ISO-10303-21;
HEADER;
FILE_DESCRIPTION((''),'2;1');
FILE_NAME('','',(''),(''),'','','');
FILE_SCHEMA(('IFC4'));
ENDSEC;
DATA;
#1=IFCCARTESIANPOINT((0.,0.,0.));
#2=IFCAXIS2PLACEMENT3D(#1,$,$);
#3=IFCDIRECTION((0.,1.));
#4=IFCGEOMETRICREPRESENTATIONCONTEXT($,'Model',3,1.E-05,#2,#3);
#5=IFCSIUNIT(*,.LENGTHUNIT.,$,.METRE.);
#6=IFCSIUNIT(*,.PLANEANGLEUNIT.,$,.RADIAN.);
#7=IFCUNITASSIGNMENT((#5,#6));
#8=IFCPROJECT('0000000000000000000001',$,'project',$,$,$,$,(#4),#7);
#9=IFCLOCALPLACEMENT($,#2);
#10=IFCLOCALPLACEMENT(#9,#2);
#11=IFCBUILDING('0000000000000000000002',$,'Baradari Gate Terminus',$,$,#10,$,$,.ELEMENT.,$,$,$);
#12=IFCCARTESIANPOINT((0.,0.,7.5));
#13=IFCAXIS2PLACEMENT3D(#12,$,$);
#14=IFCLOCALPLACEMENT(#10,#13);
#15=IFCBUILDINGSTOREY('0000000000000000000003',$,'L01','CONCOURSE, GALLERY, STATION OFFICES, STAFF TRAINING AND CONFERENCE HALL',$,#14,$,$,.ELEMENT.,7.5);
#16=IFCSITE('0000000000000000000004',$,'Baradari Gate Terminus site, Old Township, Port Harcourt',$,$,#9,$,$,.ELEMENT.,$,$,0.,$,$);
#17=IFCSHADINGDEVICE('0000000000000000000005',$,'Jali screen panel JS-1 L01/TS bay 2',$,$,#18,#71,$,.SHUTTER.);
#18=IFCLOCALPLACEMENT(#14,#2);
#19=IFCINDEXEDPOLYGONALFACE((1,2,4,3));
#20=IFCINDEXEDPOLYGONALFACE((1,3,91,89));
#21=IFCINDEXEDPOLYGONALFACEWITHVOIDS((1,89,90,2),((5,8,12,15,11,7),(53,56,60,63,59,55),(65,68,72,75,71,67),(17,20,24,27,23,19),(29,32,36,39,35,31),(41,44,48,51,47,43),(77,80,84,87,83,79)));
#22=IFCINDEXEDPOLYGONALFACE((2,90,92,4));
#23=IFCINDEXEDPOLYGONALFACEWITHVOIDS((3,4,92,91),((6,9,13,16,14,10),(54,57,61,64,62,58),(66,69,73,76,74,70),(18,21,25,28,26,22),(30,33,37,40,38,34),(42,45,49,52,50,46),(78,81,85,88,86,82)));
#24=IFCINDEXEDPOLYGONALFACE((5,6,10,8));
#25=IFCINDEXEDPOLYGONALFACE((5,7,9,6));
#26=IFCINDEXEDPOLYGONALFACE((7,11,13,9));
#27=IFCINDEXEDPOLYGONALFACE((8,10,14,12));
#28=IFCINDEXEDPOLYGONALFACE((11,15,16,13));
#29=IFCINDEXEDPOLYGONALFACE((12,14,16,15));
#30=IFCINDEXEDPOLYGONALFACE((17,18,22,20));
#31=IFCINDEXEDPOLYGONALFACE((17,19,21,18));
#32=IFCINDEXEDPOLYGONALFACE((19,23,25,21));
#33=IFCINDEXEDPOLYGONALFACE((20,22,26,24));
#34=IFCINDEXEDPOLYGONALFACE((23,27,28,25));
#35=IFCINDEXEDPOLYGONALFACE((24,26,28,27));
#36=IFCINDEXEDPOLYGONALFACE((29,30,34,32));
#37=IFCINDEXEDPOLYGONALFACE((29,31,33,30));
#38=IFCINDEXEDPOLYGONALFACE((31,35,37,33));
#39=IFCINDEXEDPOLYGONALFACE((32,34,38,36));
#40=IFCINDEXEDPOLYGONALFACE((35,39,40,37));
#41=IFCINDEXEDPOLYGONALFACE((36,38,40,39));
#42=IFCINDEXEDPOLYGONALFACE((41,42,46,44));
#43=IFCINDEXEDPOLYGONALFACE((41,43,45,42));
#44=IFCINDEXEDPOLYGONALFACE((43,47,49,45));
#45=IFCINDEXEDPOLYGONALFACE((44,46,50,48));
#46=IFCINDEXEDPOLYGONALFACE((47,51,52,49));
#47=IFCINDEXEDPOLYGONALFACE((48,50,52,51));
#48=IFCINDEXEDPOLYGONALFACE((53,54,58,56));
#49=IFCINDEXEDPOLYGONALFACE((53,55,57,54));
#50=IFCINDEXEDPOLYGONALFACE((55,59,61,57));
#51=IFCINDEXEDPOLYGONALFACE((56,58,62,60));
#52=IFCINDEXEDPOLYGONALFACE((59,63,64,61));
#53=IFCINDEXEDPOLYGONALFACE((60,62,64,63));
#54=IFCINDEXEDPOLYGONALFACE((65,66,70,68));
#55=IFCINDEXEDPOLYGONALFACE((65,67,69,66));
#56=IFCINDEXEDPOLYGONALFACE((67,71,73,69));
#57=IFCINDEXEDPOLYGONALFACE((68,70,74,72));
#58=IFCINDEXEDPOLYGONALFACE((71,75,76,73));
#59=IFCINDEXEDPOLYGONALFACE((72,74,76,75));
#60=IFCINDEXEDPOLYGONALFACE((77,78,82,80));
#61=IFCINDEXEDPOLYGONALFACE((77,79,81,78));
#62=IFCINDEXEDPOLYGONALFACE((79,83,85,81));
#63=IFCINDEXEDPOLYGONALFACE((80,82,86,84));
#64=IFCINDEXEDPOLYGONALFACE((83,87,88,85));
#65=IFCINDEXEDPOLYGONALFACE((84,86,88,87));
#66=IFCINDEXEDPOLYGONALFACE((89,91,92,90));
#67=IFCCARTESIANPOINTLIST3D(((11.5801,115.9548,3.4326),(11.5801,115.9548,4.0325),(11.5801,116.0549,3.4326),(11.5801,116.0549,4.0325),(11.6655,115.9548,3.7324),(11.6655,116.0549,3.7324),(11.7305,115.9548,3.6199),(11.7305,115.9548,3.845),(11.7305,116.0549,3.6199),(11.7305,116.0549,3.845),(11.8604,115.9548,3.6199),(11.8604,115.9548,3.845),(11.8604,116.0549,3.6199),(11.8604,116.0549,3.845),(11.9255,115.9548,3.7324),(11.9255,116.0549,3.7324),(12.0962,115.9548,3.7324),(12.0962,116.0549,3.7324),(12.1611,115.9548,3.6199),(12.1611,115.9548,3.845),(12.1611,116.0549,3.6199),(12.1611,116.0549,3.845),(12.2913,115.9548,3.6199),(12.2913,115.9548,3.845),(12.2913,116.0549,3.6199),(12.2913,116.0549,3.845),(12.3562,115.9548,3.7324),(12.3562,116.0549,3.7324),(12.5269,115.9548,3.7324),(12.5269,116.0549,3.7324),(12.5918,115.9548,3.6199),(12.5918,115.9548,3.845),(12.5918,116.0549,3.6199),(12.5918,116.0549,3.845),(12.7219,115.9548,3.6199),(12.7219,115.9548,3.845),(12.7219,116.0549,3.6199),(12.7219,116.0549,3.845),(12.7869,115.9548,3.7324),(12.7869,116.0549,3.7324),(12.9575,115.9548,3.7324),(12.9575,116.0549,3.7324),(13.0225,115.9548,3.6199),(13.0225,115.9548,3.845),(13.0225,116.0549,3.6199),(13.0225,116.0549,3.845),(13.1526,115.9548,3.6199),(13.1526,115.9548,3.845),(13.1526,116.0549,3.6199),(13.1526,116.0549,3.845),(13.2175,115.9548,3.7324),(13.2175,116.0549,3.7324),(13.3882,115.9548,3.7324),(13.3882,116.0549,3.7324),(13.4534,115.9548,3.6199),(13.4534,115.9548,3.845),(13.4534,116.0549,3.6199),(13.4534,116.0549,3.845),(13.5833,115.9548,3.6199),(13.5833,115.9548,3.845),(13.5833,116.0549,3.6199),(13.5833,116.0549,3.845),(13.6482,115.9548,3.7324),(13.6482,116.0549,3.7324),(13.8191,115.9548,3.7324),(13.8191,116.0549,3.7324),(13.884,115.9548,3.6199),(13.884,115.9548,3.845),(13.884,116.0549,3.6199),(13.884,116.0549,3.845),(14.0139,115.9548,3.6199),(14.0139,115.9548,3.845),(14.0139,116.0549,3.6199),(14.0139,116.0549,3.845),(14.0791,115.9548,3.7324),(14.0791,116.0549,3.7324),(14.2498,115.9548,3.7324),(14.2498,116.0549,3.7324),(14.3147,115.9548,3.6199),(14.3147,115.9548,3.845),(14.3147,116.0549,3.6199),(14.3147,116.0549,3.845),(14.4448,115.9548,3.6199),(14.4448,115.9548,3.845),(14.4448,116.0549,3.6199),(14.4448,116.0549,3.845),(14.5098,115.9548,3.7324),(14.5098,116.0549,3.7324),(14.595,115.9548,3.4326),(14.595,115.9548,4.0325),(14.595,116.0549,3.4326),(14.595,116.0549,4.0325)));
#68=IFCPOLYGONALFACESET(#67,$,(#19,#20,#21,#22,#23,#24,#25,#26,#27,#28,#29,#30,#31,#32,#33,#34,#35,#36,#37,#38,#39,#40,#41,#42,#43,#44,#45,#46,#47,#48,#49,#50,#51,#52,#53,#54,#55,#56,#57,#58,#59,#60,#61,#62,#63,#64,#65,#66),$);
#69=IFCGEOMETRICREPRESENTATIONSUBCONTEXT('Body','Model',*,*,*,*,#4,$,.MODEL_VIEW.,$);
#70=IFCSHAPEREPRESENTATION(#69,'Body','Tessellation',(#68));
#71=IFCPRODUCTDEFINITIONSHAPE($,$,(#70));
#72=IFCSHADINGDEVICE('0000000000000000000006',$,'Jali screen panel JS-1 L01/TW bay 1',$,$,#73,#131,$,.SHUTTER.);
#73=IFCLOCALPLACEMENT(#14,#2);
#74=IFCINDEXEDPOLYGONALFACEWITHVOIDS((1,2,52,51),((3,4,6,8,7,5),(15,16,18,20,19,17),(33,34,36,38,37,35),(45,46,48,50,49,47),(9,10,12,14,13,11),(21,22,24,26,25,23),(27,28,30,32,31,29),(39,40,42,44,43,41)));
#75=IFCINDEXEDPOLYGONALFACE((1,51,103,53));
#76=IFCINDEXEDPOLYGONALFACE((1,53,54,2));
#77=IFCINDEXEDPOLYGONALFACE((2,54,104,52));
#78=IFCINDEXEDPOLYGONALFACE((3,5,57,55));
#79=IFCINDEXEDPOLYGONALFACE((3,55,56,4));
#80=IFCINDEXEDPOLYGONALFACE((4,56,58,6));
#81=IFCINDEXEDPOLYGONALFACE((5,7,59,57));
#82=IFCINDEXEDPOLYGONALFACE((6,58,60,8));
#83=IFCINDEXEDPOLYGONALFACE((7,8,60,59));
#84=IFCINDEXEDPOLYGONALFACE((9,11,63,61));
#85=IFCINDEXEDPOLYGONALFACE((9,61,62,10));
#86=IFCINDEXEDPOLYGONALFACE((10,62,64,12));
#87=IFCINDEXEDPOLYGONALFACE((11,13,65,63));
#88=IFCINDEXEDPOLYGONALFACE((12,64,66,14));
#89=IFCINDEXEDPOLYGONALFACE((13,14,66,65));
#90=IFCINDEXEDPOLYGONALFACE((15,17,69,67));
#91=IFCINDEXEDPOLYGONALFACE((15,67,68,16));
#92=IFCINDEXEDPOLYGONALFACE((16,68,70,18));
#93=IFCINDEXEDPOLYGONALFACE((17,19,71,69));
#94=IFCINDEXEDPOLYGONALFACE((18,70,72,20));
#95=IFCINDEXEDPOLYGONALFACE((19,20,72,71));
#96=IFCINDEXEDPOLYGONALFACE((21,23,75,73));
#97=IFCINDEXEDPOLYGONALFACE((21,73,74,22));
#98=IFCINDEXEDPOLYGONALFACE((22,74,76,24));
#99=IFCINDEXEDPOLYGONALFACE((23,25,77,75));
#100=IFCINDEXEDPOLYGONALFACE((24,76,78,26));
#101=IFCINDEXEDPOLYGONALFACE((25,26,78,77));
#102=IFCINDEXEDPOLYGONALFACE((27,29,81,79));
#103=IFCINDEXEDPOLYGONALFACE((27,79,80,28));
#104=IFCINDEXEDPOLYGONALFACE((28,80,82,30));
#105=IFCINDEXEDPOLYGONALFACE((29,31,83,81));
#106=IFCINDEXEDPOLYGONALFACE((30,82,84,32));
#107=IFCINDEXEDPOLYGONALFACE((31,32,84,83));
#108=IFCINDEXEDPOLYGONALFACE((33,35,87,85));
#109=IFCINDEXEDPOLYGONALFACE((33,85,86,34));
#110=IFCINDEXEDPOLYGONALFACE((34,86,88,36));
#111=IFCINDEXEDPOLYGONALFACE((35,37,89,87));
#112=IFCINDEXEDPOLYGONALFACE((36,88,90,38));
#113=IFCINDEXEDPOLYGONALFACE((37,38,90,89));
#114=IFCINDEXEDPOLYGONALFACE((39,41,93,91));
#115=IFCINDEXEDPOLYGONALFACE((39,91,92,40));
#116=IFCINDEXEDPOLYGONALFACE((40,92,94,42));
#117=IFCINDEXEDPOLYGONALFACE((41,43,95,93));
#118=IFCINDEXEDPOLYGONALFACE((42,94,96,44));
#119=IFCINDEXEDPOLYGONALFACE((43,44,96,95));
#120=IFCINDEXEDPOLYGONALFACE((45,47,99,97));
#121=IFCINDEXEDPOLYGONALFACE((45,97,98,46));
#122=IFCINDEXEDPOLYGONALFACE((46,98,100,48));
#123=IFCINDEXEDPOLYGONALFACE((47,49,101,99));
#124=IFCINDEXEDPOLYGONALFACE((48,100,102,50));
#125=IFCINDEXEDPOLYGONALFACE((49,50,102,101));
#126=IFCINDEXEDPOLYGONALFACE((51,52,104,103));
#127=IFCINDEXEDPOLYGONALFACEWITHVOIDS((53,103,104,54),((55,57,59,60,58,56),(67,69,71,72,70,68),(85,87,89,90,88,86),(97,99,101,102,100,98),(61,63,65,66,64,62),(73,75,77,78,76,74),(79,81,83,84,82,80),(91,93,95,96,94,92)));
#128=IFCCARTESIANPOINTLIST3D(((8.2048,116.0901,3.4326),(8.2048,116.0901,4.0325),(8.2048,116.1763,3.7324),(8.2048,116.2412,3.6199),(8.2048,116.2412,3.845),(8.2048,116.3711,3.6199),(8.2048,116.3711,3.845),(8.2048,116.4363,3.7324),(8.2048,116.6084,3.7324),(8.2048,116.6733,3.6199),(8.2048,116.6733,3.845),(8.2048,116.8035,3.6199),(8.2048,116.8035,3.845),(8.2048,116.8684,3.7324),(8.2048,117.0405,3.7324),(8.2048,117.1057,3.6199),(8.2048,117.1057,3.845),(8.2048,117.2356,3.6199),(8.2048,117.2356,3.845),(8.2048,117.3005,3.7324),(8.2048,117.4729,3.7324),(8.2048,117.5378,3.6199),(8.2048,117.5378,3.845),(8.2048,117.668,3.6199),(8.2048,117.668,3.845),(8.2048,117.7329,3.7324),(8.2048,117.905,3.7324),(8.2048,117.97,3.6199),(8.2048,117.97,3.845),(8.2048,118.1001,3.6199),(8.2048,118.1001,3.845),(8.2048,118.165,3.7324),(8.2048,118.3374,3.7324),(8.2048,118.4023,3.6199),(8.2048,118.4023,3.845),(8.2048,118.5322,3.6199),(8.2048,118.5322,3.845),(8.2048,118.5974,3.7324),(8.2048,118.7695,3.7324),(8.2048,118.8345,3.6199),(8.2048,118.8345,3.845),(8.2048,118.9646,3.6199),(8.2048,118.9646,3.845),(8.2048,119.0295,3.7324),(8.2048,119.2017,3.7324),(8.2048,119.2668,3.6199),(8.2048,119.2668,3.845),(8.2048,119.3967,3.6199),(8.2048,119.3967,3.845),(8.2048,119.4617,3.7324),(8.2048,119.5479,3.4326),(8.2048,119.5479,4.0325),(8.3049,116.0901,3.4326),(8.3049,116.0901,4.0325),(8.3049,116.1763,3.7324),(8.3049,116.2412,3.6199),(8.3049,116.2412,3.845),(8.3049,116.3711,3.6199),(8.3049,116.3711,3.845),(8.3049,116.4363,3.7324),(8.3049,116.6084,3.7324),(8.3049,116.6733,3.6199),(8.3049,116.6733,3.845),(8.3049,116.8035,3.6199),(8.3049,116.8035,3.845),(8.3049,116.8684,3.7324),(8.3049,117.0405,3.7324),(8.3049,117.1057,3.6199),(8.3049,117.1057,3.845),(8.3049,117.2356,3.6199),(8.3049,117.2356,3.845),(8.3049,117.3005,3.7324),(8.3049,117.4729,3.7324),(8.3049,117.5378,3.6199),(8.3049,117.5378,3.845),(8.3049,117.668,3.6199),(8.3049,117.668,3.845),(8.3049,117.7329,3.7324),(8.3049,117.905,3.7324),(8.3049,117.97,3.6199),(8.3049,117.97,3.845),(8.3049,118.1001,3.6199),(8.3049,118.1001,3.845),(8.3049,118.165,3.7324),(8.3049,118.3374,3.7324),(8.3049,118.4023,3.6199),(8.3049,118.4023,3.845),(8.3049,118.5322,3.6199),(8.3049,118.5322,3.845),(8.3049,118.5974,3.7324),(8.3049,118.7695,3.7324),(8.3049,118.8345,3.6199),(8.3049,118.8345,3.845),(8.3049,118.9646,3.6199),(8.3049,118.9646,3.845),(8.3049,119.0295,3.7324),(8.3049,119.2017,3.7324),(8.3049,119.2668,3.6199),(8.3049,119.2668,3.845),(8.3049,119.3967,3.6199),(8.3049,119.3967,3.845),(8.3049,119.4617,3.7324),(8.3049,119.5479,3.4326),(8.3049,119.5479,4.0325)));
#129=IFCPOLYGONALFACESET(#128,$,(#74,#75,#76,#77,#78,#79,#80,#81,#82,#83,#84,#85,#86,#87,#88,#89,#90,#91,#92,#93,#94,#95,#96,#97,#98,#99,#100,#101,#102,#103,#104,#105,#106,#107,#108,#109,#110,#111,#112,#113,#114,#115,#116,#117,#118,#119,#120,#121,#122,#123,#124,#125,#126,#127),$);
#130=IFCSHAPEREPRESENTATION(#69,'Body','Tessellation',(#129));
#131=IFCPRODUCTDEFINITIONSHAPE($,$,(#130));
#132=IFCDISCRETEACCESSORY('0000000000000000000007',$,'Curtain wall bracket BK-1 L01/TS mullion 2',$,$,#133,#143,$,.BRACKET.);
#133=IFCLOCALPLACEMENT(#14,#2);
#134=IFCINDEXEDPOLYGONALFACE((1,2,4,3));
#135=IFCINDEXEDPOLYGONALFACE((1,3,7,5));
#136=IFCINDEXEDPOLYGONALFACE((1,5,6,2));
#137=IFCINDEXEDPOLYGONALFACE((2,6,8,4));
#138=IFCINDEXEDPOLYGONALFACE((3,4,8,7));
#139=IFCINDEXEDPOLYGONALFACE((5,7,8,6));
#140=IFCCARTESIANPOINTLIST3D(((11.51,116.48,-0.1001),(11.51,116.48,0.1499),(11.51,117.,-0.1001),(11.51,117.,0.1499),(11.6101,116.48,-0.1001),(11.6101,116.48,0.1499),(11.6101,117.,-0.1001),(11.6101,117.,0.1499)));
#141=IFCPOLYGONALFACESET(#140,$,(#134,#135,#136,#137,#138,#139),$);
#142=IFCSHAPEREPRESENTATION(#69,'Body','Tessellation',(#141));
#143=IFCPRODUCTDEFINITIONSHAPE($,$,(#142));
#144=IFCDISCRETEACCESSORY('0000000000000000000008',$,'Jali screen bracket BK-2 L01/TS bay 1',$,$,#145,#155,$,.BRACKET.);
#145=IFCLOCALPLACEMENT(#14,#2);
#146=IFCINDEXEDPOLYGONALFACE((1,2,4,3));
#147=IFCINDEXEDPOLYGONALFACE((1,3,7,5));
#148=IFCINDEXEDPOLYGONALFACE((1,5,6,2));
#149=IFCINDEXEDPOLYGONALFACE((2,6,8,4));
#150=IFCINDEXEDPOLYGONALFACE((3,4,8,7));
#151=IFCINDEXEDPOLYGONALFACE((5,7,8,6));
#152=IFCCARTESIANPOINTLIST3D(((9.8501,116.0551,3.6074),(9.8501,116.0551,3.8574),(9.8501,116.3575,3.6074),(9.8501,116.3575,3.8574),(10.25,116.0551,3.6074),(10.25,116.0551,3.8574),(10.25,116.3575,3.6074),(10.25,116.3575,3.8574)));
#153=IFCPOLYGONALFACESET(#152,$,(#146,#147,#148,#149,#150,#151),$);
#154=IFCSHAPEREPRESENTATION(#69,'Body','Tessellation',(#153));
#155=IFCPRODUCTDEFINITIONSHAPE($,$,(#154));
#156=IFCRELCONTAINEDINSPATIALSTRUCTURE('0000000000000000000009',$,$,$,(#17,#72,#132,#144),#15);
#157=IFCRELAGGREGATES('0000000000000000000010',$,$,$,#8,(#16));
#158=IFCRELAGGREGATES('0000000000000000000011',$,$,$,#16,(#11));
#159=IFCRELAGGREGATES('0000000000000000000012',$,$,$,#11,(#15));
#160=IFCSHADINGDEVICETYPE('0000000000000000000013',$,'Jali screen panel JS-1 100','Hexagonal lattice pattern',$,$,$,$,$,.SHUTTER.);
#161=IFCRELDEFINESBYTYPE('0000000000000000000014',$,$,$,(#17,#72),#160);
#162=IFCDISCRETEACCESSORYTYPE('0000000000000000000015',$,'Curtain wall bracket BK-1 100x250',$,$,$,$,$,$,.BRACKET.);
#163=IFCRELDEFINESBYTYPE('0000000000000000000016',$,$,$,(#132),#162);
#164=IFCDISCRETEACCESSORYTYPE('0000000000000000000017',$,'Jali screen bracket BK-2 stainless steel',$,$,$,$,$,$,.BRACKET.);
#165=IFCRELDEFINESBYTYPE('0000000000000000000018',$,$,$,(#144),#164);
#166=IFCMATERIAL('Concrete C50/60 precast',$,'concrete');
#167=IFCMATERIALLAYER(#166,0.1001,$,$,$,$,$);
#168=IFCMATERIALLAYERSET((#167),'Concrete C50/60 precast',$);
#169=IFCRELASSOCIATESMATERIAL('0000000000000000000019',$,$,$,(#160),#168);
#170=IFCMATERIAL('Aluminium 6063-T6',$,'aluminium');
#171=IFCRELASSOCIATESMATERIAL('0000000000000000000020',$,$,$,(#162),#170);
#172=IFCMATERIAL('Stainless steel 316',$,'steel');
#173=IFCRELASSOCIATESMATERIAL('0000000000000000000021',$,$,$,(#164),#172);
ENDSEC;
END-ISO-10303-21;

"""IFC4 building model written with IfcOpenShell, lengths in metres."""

from ifc_helpers import new_model, si_unit, direction, frame, origin, origin_2d, place, context, subcontext, project, spatial, polyline, rectangle, outline, extrude, material, layer, layer_set, type_object, element, save


model = new_model("IFC4")

# Units and contexts
model_context = context("Model", 3, precision=1e-05, world=origin(), true_north=direction((0.0, 1.0)))
body_context = subcontext(model_context, "Body", "Model", "MODEL_VIEW")
ifc_project = project(units=[si_unit("LENGTHUNIT", "METRE"), si_unit("PLANEANGLEUNIT", "RADIAN")], contexts=[model_context])

# Site, building, storey
site_placement = place(None, origin())
site = spatial("IfcSite", under=ifc_project, at=site_placement, Name="Baradari Gate Terminus site, Old Township, Port Harcourt", CompositionType="ELEMENT", RefElevation=0.0)
building_placement = place(site_placement, origin())
building = spatial("IfcBuilding", under=site, at=building_placement, Name="Baradari Gate Terminus", CompositionType="ELEMENT")
storey_placement = place(building_placement, frame((0.0, 0.0, 7.5)))
storey = spatial("IfcBuildingStorey", under=building, at=storey_placement, Name="L01", Description="CONCOURSE, GALLERY, STATION OFFICES, STAFF TRAINING AND CONFERENCE HALL", CompositionType="ELEMENT", Elevation=7.5)

# Shading devices
ifc_material_1 = material(Name="Concrete C50/60 precast", Category="concrete")
ifc_layer_1 = layer(ifc_material_1, 0.1001)
ifc_layer_set_1 = layer_set([ifc_layer_1], Name="Concrete C50/60 precast")
shading_device_type = type_object("IfcShadingDeviceType", Name="Jali screen panel JS-1 100", Description="Hexagonal lattice pattern", PredefinedType="SHUTTER", material=ifc_layer_set_1)
shading_device_1_placement = place(storey_placement, frame((11.5801, 116.0049, 3.4326), z_axis=(0.0, 0.0, 1.0), x_axis=(1.0, 0.0, 0.0)))
element("IfcShadingDevice", 1, at=shading_device_1_placement, inside=storey, type_object=shading_device_type, Name="Jali screen panel JS-1 L01/TS bay 2", PredefinedType="SHUTTER", context=body_context, shape_type="SweptSolid", body=[
    extrude(outline(polyline([(0.0, 0.0), (3.0149, 0.0), (3.0149, 0.5999), (0.0, 0.5999), (0.0, 0.0)]), holes=[polyline([(0.3455, 0.2998), (0.2803, 0.1873), (0.1504, 0.1873), (0.0854, 0.2998), (0.1504, 0.4124), (0.2803, 0.4124), (0.3455, 0.2998)]), polyline([(0.7761, 0.2998), (0.7112, 0.1873), (0.5811, 0.1873), (0.5161, 0.2998), (0.5811, 0.4124), (0.7112, 0.4124), (0.7761, 0.2998)]), polyline([(1.2068, 0.2998), (1.1418, 0.1873), (1.0117, 0.1873), (0.9468, 0.2998), (1.0117, 0.4124), (1.1418, 0.4124), (1.2068, 0.2998)]), polyline([(1.6375, 0.2998), (1.5725, 0.1873), (1.4424, 0.1873), (1.3774, 0.2998), (1.4424, 0.4124), (1.5725, 0.4124), (1.6375, 0.2998)]), polyline([(2.0681, 0.2998), (2.0032, 0.1873), (1.8733, 0.1873), (1.8081, 0.2998), (1.8733, 0.4124), (2.0032, 0.4124), (2.0681, 0.2998)]), polyline([(2.499, 0.2998), (2.4338, 0.1873), (2.304, 0.1873), (2.239, 0.2998), (2.304, 0.4124), (2.4338, 0.4124), (2.499, 0.2998)]), polyline([(2.9297, 0.2998), (2.8647, 0.1873), (2.7346, 0.1873), (2.6697, 0.2998), (2.7346, 0.4124), (2.8647, 0.4124), (2.9297, 0.2998)])]), frame((0.0, 0.05, 0.0), z_axis=(0.0, -1.0, 0.0), x_axis=(1.0, 0.0, 0.0)), (0.0, 0.0, 1.0), 0.1001),
])
shading_device_2_placement = place(storey_placement, frame((8.2549, 116.0901, 3.4326), z_axis=(0.0, 0.0, 1.0), x_axis=(0.0, 1.0, 0.0)))
element("IfcShadingDevice", 2, at=shading_device_2_placement, inside=storey, type_object=shading_device_type, Name="Jali screen panel JS-1 L01/TW bay 1", PredefinedType="SHUTTER", context=body_context, shape_type="SweptSolid", body=[
    extrude(outline(polyline([(0.0, 0.0), (3.4578, 0.0), (3.4578, 0.5999), (0.0, 0.5999), (0.0, 0.0)]), holes=[polyline([(0.3462, 0.2998), (0.281, 0.1873), (0.1511, 0.1873), (0.0862, 0.2998), (0.1511, 0.4124), (0.281, 0.4124), (0.3462, 0.2998)]), polyline([(0.7783, 0.2998), (0.7134, 0.1873), (0.5833, 0.1873), (0.5183, 0.2998), (0.5833, 0.4124), (0.7134, 0.4124), (0.7783, 0.2998)]), polyline([(1.2104, 0.2998), (1.1455, 0.1873), (1.0156, 0.1873), (0.9504, 0.2998), (1.0156, 0.4124), (1.1455, 0.4124), (1.2104, 0.2998)]), polyline([(1.6428, 0.2998), (1.5779, 0.1873), (1.4478, 0.1873), (1.3828, 0.2998), (1.4478, 0.4124), (1.5779, 0.4124), (1.6428, 0.2998)]), polyline([(2.075, 0.2998), (2.01, 0.1873), (1.8799, 0.1873), (1.8149, 0.2998), (1.8799, 0.4124), (2.01, 0.4124), (2.075, 0.2998)]), polyline([(2.5073, 0.2998), (2.4421, 0.1873), (2.3123, 0.1873), (2.2473, 0.2998), (2.3123, 0.4124), (2.4421, 0.4124), (2.5073, 0.2998)]), polyline([(2.9395, 0.2998), (2.8745, 0.1873), (2.7444, 0.1873), (2.6794, 0.2998), (2.7444, 0.4124), (2.8745, 0.4124), (2.9395, 0.2998)]), polyline([(3.3716, 0.2998), (3.3066, 0.1873), (3.1768, 0.1873), (3.1116, 0.2998), (3.1768, 0.4124), (3.3066, 0.4124), (3.3716, 0.2998)])]), frame((0.0, 0.05, 0.0), z_axis=(0.0, -1.0, 0.0), x_axis=(1.0, 0.0, 0.0)), (0.0, 0.0, 1.0), 0.1001),
])

# Discrete accessories
ifc_material_2 = material(Name="Aluminium 6063-T6", Category="aluminium")
discrete_accessory_type_1 = type_object("IfcDiscreteAccessoryType", Name="Curtain wall bracket BK-1 100x250", PredefinedType="BRACKET", material=ifc_material_2)
discrete_accessory_1_placement = place(storey_placement, frame((11.5601, 116.74, -0.1001), z_axis=(0.0, 0.0, 1.0), x_axis=(0.0, -1.0, 0.0)))
element("IfcDiscreteAccessory", 3, at=discrete_accessory_1_placement, inside=storey, type_object=discrete_accessory_type_1, Name="Curtain wall bracket BK-1 L01/TS mullion 2", PredefinedType="BRACKET", context=body_context, shape_type="SweptSolid", body=[
    extrude(rectangle(XDim=0.52, YDim=0.1001, at=origin_2d()), origin(), (0.0, 0.0, 1.0), 0.25),
])
ifc_material_3 = material(Name="Stainless steel 316", Category="steel")
discrete_accessory_type_2 = type_object("IfcDiscreteAccessoryType", Name="Jali screen bracket BK-2 stainless steel", PredefinedType="BRACKET", material=ifc_material_3)
discrete_accessory_2_placement = place(storey_placement, frame((10.05, 116.2063, 3.6074), z_axis=(0.0, 0.0, 1.0), x_axis=(0.0, -1.0, 0.0)))
element("IfcDiscreteAccessory", 4, at=discrete_accessory_2_placement, inside=storey, type_object=discrete_accessory_type_2, Name="Jali screen bracket BK-2 L01/TS bay 1", PredefinedType="BRACKET", context=body_context, shape_type="SweptSolid", body=[
    extrude(rectangle(XDim=0.3025, YDim=0.3999, at=origin_2d()), origin(), (0.0, 0.0, 1.0), 0.25),
])

save(model, "model.ifc")
